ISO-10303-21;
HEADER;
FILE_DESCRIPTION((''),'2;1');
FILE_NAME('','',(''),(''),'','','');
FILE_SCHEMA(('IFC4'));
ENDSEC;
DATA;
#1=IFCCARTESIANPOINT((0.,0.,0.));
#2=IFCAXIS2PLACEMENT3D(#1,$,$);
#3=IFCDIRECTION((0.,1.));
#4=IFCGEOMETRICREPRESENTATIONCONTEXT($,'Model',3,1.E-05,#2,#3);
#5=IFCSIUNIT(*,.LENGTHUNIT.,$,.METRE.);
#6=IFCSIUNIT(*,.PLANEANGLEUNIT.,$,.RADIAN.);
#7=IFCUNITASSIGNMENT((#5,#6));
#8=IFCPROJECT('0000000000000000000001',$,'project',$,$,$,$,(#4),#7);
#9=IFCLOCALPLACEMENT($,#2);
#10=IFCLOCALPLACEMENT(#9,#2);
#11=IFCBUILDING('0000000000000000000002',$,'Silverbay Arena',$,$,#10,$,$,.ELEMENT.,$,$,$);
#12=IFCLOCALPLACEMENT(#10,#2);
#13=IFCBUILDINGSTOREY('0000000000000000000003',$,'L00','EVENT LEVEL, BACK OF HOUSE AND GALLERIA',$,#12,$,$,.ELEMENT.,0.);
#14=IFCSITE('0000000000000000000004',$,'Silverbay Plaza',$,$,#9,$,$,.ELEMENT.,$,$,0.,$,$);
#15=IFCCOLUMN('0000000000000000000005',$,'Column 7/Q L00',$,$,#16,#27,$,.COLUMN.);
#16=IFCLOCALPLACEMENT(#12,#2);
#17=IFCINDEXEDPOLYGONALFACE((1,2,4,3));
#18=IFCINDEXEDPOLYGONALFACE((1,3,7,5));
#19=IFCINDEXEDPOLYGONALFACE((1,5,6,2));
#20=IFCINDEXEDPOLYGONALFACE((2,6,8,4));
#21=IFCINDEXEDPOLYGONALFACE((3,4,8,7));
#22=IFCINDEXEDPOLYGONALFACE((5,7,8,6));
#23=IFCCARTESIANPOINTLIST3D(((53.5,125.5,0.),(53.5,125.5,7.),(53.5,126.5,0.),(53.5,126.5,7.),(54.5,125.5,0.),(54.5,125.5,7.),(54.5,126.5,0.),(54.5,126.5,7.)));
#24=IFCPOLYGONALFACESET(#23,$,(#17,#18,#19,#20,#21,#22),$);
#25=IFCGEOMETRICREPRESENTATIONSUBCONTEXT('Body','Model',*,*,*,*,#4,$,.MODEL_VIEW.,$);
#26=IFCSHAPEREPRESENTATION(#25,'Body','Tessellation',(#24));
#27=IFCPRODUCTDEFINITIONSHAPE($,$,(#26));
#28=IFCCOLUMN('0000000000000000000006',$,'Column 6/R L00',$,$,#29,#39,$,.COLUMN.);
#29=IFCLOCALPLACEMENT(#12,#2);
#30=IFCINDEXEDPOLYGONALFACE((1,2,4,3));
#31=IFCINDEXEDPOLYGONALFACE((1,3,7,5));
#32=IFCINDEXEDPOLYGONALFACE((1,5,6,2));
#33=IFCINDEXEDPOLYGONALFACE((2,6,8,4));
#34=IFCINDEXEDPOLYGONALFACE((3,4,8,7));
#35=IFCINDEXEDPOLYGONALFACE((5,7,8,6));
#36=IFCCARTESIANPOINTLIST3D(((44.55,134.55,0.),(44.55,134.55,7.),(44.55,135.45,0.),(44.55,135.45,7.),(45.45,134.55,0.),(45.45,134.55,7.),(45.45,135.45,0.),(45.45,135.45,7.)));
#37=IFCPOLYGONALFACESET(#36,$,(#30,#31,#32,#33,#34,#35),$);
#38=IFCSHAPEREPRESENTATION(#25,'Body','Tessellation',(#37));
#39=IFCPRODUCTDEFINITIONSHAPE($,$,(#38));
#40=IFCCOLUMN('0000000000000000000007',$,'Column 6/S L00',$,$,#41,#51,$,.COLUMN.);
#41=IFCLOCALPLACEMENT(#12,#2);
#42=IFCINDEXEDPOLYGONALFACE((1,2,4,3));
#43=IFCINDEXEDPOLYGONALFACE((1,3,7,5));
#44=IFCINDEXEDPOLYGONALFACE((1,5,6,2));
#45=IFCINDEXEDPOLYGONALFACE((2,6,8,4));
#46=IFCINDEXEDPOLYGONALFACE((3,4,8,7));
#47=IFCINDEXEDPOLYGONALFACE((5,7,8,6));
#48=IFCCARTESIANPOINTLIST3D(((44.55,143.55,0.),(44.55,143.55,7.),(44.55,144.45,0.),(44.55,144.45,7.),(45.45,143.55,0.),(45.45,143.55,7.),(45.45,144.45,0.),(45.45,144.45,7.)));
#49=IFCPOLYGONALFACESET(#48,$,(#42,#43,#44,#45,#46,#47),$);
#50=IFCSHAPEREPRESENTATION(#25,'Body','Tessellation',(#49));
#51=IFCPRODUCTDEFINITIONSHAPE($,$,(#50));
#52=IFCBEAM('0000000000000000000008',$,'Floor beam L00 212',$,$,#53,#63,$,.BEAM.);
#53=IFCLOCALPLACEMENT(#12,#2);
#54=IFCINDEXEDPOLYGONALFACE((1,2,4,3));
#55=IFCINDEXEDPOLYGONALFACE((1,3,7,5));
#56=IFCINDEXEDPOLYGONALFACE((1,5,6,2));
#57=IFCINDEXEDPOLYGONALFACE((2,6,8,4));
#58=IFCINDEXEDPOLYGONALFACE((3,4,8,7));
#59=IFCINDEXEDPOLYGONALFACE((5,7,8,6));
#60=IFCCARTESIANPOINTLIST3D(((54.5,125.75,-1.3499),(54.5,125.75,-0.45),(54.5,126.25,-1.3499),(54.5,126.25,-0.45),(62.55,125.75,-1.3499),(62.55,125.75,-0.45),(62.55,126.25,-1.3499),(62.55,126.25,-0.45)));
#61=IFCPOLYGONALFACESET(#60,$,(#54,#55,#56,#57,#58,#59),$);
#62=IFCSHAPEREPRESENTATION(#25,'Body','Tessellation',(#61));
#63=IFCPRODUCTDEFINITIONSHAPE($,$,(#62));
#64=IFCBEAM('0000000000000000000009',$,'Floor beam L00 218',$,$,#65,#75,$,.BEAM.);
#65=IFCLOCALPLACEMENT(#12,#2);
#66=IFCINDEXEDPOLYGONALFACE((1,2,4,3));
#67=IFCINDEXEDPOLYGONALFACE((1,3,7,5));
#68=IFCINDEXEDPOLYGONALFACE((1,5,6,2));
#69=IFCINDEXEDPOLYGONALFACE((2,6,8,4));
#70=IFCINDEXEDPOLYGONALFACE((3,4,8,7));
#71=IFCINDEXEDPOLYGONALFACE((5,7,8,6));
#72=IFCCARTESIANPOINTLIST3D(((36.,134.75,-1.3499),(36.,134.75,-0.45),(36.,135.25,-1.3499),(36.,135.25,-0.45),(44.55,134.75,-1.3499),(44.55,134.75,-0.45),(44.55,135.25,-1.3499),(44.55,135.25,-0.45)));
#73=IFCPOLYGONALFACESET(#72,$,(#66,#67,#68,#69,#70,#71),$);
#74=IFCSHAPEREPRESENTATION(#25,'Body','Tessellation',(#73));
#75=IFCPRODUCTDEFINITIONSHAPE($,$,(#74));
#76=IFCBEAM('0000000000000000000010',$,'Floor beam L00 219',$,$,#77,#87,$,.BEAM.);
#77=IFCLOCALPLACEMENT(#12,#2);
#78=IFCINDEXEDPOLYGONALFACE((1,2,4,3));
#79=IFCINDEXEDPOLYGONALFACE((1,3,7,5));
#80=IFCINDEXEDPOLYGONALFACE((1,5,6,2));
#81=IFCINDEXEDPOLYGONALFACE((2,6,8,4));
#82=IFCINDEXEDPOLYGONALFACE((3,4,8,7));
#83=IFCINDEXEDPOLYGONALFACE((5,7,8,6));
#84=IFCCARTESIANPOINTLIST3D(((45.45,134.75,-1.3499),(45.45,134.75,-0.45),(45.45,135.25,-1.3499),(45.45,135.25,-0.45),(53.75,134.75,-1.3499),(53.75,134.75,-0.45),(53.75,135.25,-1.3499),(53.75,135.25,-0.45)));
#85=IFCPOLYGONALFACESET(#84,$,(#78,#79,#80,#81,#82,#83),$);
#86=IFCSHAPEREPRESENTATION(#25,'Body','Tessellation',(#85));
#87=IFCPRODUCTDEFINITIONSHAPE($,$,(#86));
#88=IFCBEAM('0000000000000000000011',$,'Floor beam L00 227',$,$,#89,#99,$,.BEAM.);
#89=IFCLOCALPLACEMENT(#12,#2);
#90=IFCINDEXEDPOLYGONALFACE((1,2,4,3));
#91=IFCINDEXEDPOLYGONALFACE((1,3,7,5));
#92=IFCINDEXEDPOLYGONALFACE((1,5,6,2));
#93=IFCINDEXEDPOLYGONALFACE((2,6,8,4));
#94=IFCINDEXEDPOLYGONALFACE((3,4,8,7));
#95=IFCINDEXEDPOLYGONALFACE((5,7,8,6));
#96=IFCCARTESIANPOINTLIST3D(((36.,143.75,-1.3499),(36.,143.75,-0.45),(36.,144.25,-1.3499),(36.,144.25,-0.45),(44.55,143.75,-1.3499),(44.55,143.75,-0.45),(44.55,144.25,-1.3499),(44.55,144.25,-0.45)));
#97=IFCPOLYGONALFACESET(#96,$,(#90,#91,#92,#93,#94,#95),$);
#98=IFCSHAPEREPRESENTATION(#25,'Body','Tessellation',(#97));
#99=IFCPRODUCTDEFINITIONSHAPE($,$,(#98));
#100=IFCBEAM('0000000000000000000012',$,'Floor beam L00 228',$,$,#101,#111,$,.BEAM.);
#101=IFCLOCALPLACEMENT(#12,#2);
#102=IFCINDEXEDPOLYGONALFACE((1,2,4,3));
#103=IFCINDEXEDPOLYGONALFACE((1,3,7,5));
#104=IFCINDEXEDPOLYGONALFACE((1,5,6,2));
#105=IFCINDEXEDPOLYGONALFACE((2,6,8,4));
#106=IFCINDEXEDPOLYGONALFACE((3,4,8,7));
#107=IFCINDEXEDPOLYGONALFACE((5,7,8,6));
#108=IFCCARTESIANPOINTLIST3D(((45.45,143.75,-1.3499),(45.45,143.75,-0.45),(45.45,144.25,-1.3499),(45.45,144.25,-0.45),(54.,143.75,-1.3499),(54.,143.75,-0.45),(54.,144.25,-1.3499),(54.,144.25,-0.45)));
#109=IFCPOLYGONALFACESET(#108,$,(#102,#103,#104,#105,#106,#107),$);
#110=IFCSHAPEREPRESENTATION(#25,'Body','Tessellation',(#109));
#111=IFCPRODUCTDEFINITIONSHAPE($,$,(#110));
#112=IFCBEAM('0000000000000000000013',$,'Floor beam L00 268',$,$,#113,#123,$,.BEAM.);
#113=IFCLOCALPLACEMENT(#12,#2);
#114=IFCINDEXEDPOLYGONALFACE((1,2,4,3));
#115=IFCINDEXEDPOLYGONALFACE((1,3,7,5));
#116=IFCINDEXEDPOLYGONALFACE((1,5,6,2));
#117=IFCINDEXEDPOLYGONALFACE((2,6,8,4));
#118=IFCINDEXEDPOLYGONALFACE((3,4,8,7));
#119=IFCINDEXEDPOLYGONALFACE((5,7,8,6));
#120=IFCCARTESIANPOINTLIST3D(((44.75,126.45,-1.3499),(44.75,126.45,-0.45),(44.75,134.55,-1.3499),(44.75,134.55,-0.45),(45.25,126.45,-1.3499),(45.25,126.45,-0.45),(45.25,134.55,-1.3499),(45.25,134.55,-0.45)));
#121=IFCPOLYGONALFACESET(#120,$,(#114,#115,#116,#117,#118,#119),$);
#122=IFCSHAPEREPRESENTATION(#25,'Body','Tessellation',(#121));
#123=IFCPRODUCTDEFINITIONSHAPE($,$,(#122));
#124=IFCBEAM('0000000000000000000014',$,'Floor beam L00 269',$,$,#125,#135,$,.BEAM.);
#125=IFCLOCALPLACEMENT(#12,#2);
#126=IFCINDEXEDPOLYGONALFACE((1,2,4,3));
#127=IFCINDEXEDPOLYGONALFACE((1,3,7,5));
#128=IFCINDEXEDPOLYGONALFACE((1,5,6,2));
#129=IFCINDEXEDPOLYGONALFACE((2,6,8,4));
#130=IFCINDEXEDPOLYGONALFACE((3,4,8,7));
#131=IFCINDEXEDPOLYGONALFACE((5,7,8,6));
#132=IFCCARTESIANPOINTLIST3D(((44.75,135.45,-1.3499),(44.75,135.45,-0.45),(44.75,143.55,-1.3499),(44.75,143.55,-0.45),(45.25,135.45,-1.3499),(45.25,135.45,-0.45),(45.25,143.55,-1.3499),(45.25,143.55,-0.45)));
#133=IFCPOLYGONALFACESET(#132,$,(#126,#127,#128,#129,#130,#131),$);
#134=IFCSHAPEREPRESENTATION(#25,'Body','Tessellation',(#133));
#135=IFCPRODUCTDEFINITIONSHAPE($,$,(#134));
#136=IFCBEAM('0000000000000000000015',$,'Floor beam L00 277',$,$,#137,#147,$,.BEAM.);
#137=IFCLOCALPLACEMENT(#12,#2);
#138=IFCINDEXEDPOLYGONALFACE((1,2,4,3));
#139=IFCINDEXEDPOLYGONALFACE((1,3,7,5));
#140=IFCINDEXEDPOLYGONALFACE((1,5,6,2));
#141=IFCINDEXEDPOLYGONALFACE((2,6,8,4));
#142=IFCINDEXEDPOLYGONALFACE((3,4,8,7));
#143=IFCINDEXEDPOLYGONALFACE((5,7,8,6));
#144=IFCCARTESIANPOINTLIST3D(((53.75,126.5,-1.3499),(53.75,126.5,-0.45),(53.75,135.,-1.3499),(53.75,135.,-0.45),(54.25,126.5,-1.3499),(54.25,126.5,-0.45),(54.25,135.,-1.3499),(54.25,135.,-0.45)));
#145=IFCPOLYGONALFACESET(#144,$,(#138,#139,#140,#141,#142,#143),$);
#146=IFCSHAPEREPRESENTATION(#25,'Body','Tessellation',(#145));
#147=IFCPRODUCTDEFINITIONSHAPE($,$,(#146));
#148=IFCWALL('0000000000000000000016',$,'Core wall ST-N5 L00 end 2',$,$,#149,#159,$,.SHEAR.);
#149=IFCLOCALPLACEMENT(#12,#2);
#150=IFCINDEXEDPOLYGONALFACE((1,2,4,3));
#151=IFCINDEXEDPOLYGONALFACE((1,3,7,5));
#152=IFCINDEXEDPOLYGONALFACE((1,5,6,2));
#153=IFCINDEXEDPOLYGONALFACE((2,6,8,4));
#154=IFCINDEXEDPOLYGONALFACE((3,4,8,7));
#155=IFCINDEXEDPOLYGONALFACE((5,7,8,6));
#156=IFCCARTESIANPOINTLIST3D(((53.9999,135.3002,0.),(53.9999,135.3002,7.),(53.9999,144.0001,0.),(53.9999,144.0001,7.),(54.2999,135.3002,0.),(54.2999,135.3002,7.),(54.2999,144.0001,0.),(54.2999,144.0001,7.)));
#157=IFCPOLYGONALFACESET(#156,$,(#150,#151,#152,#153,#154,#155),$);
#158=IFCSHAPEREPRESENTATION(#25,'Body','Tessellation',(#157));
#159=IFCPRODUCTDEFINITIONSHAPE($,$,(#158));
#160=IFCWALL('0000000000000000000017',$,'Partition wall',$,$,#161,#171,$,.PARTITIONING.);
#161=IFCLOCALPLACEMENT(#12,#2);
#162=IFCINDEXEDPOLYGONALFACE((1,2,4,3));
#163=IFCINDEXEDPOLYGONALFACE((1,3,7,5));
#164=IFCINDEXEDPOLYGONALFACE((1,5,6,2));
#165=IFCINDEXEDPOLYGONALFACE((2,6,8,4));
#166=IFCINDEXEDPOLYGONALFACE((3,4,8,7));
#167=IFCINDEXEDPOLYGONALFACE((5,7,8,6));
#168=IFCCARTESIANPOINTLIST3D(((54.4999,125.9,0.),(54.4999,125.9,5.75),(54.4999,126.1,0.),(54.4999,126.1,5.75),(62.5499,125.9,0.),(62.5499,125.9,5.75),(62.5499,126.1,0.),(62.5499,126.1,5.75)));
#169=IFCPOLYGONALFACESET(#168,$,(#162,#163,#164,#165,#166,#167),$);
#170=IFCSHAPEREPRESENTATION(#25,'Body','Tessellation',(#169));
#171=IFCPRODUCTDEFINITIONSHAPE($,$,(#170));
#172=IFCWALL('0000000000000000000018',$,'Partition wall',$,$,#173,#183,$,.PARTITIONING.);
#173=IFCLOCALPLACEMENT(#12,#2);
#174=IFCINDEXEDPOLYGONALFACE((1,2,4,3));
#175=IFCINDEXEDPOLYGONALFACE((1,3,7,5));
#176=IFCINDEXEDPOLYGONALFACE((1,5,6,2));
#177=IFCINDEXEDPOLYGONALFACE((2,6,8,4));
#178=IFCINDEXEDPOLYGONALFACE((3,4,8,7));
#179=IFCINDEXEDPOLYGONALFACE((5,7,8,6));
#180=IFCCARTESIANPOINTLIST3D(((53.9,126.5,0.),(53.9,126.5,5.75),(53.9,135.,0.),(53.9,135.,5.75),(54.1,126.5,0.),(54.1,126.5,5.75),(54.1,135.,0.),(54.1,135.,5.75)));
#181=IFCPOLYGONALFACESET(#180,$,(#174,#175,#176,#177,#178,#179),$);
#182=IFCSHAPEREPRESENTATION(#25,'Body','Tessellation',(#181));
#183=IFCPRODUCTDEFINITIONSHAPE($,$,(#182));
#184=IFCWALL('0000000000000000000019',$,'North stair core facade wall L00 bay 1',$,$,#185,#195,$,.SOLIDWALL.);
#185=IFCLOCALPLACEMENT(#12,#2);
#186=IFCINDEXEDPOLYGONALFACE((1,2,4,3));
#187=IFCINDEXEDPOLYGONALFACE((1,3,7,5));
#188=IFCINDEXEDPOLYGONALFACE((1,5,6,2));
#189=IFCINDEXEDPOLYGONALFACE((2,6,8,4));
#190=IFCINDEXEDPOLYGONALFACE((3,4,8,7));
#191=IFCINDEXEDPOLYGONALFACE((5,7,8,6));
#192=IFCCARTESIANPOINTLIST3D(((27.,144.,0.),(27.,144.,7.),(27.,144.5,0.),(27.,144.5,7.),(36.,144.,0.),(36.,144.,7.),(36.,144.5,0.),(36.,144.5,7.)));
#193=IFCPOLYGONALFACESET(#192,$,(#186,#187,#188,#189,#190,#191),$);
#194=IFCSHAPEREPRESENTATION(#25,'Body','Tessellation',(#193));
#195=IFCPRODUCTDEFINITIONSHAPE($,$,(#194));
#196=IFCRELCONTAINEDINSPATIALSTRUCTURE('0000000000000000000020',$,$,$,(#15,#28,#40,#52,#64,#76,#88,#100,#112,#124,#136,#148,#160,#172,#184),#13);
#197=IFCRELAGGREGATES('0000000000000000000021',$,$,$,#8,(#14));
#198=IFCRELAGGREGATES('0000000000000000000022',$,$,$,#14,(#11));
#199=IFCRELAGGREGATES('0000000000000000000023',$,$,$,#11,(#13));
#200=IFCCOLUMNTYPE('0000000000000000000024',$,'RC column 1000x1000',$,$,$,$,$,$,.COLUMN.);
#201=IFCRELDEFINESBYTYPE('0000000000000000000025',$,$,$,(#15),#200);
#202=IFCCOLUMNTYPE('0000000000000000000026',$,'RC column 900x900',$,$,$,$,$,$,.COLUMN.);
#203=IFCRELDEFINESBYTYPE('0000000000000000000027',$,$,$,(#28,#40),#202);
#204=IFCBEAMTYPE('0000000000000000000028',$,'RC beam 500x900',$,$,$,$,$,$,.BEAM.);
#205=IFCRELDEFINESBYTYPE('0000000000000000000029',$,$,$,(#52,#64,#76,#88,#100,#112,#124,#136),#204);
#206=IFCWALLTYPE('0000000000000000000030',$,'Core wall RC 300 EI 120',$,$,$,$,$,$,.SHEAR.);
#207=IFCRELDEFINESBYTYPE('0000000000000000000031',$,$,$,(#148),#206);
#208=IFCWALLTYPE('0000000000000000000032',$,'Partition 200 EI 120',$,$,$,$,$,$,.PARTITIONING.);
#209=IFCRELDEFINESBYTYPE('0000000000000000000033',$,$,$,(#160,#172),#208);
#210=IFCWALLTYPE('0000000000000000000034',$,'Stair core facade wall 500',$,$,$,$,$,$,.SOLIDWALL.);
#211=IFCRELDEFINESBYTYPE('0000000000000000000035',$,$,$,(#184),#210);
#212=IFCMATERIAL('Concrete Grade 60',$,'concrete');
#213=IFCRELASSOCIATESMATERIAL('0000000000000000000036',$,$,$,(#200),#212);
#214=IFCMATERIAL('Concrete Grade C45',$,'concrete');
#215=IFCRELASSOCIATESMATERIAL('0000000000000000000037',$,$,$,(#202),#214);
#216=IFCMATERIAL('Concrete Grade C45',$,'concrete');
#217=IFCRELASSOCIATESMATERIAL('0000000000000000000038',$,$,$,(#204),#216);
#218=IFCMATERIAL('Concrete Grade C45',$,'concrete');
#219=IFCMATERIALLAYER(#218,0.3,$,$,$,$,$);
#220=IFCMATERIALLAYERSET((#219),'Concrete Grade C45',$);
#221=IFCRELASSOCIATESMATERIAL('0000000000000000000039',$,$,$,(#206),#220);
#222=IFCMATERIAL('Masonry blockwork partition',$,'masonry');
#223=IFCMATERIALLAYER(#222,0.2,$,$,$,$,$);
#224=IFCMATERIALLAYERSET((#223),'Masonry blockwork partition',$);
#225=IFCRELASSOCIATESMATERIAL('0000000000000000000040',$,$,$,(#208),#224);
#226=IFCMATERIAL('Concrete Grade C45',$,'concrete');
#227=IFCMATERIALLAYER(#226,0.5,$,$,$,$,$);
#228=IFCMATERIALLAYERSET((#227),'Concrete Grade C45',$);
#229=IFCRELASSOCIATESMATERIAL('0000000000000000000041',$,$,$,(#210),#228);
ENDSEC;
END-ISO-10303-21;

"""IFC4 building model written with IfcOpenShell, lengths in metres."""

from ifc_helpers import new_model, si_unit, direction, frame, frame_2d, origin, origin_2d, place, context, subcontext, project, spatial, rectangle, extrude, material, layer, layer_set, material_profile, profile_set, type_object, element, save


model = new_model("IFC4")

# Units and contexts
model_context = context("Model", 3, precision=1e-05, world=origin(), true_north=direction((0.0, 1.0)))
body_context = subcontext(model_context, "Body", "Model", "MODEL_VIEW")
ifc_project = project(units=[si_unit("LENGTHUNIT", "METRE"), si_unit("PLANEANGLEUNIT", "RADIAN")], contexts=[model_context])

# Site, building, storey
site_placement = place(None, origin())
site = spatial("IfcSite", under=ifc_project, at=site_placement, Name="Silverbay Plaza", CompositionType="ELEMENT", RefElevation=0.0)
building_placement = place(site_placement, origin())
building = spatial("IfcBuilding", under=site, at=building_placement, Name="Silverbay Arena", CompositionType="ELEMENT")
storey_placement = place(building_placement, origin())
storey = spatial("IfcBuildingStorey", under=building, at=storey_placement, Name="L00", Description="EVENT LEVEL, BACK OF HOUSE AND GALLERIA", CompositionType="ELEMENT", Elevation=0.0)

# Columns
ifc_material_1 = material(Name="Concrete Grade 60", Category="concrete")
ifc_material_profile_1 = material_profile(ifc_material_1, rectangle(XDim=1.0, YDim=1.0, at=origin_2d()), Name="RC 1000x1000")
ifc_profile_set_1 = profile_set([ifc_material_profile_1], Name="Concrete Grade 60")
column_type_1 = type_object("IfcColumnType", Name="RC column 1000x1000", PredefinedType="COLUMN", material=ifc_profile_set_1)
column_placement = place(storey_placement, frame((54.0, 126.0, 0.0), z_axis=(0.0, 0.0, 1.0), x_axis=(1.0, 0.0, 0.0)))
element("IfcColumn", 1, at=column_placement, inside=storey, type_object=column_type_1, Name="Column 7/Q L00", PredefinedType="COLUMN", context=body_context, shape_type="SweptSolid", body=[
    extrude(rectangle(XDim=1.0, YDim=1.0, at=origin_2d()), origin(), (0.0, 0.0, 1.0), 7.0),
])
ifc_material_2 = material(Name="Concrete Grade C45", Category="concrete")
ifc_material_profile_2 = material_profile(ifc_material_2, rectangle(XDim=0.8999, YDim=0.8999, at=origin_2d()), Name="RC 900x900")
ifc_profile_set_2 = profile_set([ifc_material_profile_2], Name="Concrete Grade C45")
column_type_2 = type_object("IfcColumnType", Name="RC column 900x900", PredefinedType="COLUMN", material=ifc_profile_set_2)
for number, where, z_axis, x_axis, name in (
    (2, (45.0, 135.0, 0.0), (0.0, 0.0, 1.0), (1.0, 0.0, 0.0), "Column 6/R L00"),
    (3, (45.0, 144.0, 0.0), (0.0, 0.0, 1.0), (1.0, 0.0, 0.0), "Column 6/S L00"),
):
    element("IfcColumn", number, at=place(storey_placement, frame(where, z_axis=z_axis, x_axis=x_axis)), inside=storey, type_object=column_type_2, Name=name, PredefinedType="COLUMN", context=body_context, shape_type="SweptSolid", body=[
        extrude(rectangle(XDim=0.8999, YDim=0.8999, at=origin_2d()), origin(), (0.0, 0.0, 1.0), 7.0),
    ])

# Beams
ifc_material_3 = material(Name="Concrete Grade C45", Category="concrete")
ifc_material_profile_3 = material_profile(ifc_material_3, rectangle(XDim=0.5, YDim=0.8999, at=origin_2d()), Name="RC 500x900")
ifc_profile_set_3 = profile_set([ifc_material_profile_3], Name="Concrete Grade C45")
beam_type = type_object("IfcBeamType", Name="RC beam 500x900", PredefinedType="BEAM", material=ifc_profile_set_3)
beam_1_placement = place(storey_placement, frame((54.5, 126.0, -0.8999), z_axis=(1.0, 0.0, 0.0), x_axis=(0.0, 1.0, 0.0)))
element("IfcBeam", 4, at=beam_1_placement, inside=storey, type_object=beam_type, Name="Floor beam L00 212", PredefinedType="BEAM", context=body_context, shape_type="SweptSolid", body=[
    extrude(rectangle(XDim=0.5, YDim=0.8999, at=origin_2d()), origin(), (0.0, 0.0, 1.0), 8.05),
])
beam_2_placement = place(storey_placement, frame((36.0, 135.0, -0.8999), z_axis=(1.0, 0.0, 0.0), x_axis=(0.0, 1.0, 0.0)))
element("IfcBeam", 5, at=beam_2_placement, inside=storey, type_object=beam_type, Name="Floor beam L00 218", PredefinedType="BEAM", context=body_context, shape_type="SweptSolid", body=[
    extrude(rectangle(XDim=0.5, YDim=0.8999, at=origin_2d()), origin(), (0.0, 0.0, 1.0), 8.55),
])
beam_3_placement = place(storey_placement, frame((45.45, 135.0, -0.8999), z_axis=(1.0, 0.0, 0.0), x_axis=(0.0, 1.0, 0.0)))
element("IfcBeam", 6, at=beam_3_placement, inside=storey, type_object=beam_type, Name="Floor beam L00 219", PredefinedType="BEAM", context=body_context, shape_type="SweptSolid", body=[
    extrude(rectangle(XDim=0.5, YDim=0.8999, at=origin_2d()), origin(), (0.0, 0.0, 1.0), 8.3),
])
for number, where, z_axis, x_axis, name in (
    (7, (36.0, 144.0, -0.8999), (1.0, 0.0, 0.0), (0.0, 1.0, 0.0), "Floor beam L00 227"),
    (8, (45.45, 144.0, -0.8999), (1.0, 0.0, 0.0), (0.0, 1.0, 0.0), "Floor beam L00 228"),
):
    element("IfcBeam", number, at=place(storey_placement, frame(where, z_axis=z_axis, x_axis=x_axis)), inside=storey, type_object=beam_type, Name=name, PredefinedType="BEAM", context=body_context, shape_type="SweptSolid", body=[
        extrude(rectangle(XDim=0.5, YDim=0.8999, at=origin_2d()), origin(), (0.0, 0.0, 1.0), 8.55),
    ])
for number, where, z_axis, x_axis, name in (
    (9, (45.0, 126.45, -0.8999), (0.0, 1.0, 0.0), (-1.0, 0.0, 0.0), "Floor beam L00 268"),
    (10, (45.0, 135.45, -0.8999), (0.0, 1.0, 0.0), (-1.0, 0.0, 0.0), "Floor beam L00 269"),
):
    element("IfcBeam", number, at=place(storey_placement, frame(where, z_axis=z_axis, x_axis=x_axis)), inside=storey, type_object=beam_type, Name=name, PredefinedType="BEAM", context=body_context, shape_type="SweptSolid", body=[
        extrude(rectangle(XDim=0.5, YDim=0.8999, at=origin_2d()), origin(), (0.0, 0.0, 1.0), 8.1001),
    ])
beam_4_placement = place(storey_placement, frame((54.0, 126.5, -0.8999), z_axis=(0.0, 1.0, 0.0), x_axis=(-1.0, 0.0, 0.0)))
element("IfcBeam", 11, at=beam_4_placement, inside=storey, type_object=beam_type, Name="Floor beam L00 277", PredefinedType="BEAM", context=body_context, shape_type="SweptSolid", body=[
    extrude(rectangle(XDim=0.5, YDim=0.8999, at=origin_2d()), origin(), (0.0, 0.0, 1.0), 8.5),
])

# Walls
ifc_material_4 = material(Name="Concrete Grade C45", Category="concrete")
ifc_layer_1 = layer(ifc_material_4, 0.3)
ifc_layer_set_1 = layer_set([ifc_layer_1], Name="Concrete Grade C45")
wall_type_1 = type_object("IfcWallType", Name="Core wall RC 300 EI 120", PredefinedType="SHEAR", material=ifc_layer_set_1)
wall_1_placement = place(storey_placement, frame((54.1499, 135.3, 0.0), z_axis=(0.0, 0.0, 1.0), x_axis=(0.0, 1.0, 0.0)))
element("IfcWall", 12, at=wall_1_placement, inside=storey, type_object=wall_type_1, Name="Core wall ST-N5 L00 end 2", PredefinedType="SHEAR", context=body_context, shape_type="SweptSolid", body=[
    extrude(rectangle(XDim=8.7, YDim=0.3, at=frame_2d((4.3501, 0.0))), origin(), (0.0, 0.0, 1.0), 7.0),
])
ifc_material_5 = material(Name="Masonry blockwork partition", Category="masonry")
ifc_layer_2 = layer(ifc_material_5, 0.2)
ifc_layer_set_2 = layer_set([ifc_layer_2], Name="Masonry blockwork partition")
wall_type_2 = type_object("IfcWallType", Name="Partition 200 EI 120", PredefinedType="PARTITIONING", material=ifc_layer_set_2)
wall_2_placement = place(storey_placement, frame((54.5, 126.0, 0.0), z_axis=(0.0, 0.0, 1.0), x_axis=(1.0, 0.0, 0.0)))
element("IfcWall", 13, at=wall_2_placement, inside=storey, type_object=wall_type_2, Name="Partition wall", PredefinedType="PARTITIONING", context=body_context, shape_type="SweptSolid", body=[
    extrude(rectangle(XDim=8.05, YDim=0.2, at=frame_2d((4.0249, 0.0))), origin(), (0.0, 0.0, 1.0), 5.75),
])
wall_3_placement = place(storey_placement, frame((54.0, 126.5, 0.0), z_axis=(0.0, 0.0, 1.0), x_axis=(0.0, 1.0, 0.0)))
element("IfcWall", 14, at=wall_3_placement, inside=storey, type_object=wall_type_2, Name="Partition wall", PredefinedType="PARTITIONING", context=body_context, shape_type="SweptSolid", body=[
    extrude(rectangle(XDim=8.5, YDim=0.2, at=frame_2d((4.25, 0.0))), origin(), (0.0, 0.0, 1.0), 5.75),
])
ifc_material_6 = material(Name="Concrete Grade C45", Category="concrete")
ifc_layer_3 = layer(ifc_material_6, 0.5)
ifc_layer_set_3 = layer_set([ifc_layer_3], Name="Concrete Grade C45")
wall_type_3 = type_object("IfcWallType", Name="Stair core facade wall 500", PredefinedType="SOLIDWALL", material=ifc_layer_set_3)
wall_4_placement = place(storey_placement, frame((36.0, 144.25, 0.0), z_axis=(0.0, 0.0, 1.0), x_axis=(-1.0, 0.0, 0.0)))
element("IfcWall", 15, at=wall_4_placement, inside=storey, type_object=wall_type_3, Name="North stair core facade wall L00 bay 1", PredefinedType="SOLIDWALL", context=body_context, shape_type="SweptSolid", body=[
    extrude(rectangle(XDim=9.0, YDim=0.5, at=frame_2d((4.5, 0.0))), origin(), (0.0, 0.0, 1.0), 7.0),
])

save(model, "model.ifc")
